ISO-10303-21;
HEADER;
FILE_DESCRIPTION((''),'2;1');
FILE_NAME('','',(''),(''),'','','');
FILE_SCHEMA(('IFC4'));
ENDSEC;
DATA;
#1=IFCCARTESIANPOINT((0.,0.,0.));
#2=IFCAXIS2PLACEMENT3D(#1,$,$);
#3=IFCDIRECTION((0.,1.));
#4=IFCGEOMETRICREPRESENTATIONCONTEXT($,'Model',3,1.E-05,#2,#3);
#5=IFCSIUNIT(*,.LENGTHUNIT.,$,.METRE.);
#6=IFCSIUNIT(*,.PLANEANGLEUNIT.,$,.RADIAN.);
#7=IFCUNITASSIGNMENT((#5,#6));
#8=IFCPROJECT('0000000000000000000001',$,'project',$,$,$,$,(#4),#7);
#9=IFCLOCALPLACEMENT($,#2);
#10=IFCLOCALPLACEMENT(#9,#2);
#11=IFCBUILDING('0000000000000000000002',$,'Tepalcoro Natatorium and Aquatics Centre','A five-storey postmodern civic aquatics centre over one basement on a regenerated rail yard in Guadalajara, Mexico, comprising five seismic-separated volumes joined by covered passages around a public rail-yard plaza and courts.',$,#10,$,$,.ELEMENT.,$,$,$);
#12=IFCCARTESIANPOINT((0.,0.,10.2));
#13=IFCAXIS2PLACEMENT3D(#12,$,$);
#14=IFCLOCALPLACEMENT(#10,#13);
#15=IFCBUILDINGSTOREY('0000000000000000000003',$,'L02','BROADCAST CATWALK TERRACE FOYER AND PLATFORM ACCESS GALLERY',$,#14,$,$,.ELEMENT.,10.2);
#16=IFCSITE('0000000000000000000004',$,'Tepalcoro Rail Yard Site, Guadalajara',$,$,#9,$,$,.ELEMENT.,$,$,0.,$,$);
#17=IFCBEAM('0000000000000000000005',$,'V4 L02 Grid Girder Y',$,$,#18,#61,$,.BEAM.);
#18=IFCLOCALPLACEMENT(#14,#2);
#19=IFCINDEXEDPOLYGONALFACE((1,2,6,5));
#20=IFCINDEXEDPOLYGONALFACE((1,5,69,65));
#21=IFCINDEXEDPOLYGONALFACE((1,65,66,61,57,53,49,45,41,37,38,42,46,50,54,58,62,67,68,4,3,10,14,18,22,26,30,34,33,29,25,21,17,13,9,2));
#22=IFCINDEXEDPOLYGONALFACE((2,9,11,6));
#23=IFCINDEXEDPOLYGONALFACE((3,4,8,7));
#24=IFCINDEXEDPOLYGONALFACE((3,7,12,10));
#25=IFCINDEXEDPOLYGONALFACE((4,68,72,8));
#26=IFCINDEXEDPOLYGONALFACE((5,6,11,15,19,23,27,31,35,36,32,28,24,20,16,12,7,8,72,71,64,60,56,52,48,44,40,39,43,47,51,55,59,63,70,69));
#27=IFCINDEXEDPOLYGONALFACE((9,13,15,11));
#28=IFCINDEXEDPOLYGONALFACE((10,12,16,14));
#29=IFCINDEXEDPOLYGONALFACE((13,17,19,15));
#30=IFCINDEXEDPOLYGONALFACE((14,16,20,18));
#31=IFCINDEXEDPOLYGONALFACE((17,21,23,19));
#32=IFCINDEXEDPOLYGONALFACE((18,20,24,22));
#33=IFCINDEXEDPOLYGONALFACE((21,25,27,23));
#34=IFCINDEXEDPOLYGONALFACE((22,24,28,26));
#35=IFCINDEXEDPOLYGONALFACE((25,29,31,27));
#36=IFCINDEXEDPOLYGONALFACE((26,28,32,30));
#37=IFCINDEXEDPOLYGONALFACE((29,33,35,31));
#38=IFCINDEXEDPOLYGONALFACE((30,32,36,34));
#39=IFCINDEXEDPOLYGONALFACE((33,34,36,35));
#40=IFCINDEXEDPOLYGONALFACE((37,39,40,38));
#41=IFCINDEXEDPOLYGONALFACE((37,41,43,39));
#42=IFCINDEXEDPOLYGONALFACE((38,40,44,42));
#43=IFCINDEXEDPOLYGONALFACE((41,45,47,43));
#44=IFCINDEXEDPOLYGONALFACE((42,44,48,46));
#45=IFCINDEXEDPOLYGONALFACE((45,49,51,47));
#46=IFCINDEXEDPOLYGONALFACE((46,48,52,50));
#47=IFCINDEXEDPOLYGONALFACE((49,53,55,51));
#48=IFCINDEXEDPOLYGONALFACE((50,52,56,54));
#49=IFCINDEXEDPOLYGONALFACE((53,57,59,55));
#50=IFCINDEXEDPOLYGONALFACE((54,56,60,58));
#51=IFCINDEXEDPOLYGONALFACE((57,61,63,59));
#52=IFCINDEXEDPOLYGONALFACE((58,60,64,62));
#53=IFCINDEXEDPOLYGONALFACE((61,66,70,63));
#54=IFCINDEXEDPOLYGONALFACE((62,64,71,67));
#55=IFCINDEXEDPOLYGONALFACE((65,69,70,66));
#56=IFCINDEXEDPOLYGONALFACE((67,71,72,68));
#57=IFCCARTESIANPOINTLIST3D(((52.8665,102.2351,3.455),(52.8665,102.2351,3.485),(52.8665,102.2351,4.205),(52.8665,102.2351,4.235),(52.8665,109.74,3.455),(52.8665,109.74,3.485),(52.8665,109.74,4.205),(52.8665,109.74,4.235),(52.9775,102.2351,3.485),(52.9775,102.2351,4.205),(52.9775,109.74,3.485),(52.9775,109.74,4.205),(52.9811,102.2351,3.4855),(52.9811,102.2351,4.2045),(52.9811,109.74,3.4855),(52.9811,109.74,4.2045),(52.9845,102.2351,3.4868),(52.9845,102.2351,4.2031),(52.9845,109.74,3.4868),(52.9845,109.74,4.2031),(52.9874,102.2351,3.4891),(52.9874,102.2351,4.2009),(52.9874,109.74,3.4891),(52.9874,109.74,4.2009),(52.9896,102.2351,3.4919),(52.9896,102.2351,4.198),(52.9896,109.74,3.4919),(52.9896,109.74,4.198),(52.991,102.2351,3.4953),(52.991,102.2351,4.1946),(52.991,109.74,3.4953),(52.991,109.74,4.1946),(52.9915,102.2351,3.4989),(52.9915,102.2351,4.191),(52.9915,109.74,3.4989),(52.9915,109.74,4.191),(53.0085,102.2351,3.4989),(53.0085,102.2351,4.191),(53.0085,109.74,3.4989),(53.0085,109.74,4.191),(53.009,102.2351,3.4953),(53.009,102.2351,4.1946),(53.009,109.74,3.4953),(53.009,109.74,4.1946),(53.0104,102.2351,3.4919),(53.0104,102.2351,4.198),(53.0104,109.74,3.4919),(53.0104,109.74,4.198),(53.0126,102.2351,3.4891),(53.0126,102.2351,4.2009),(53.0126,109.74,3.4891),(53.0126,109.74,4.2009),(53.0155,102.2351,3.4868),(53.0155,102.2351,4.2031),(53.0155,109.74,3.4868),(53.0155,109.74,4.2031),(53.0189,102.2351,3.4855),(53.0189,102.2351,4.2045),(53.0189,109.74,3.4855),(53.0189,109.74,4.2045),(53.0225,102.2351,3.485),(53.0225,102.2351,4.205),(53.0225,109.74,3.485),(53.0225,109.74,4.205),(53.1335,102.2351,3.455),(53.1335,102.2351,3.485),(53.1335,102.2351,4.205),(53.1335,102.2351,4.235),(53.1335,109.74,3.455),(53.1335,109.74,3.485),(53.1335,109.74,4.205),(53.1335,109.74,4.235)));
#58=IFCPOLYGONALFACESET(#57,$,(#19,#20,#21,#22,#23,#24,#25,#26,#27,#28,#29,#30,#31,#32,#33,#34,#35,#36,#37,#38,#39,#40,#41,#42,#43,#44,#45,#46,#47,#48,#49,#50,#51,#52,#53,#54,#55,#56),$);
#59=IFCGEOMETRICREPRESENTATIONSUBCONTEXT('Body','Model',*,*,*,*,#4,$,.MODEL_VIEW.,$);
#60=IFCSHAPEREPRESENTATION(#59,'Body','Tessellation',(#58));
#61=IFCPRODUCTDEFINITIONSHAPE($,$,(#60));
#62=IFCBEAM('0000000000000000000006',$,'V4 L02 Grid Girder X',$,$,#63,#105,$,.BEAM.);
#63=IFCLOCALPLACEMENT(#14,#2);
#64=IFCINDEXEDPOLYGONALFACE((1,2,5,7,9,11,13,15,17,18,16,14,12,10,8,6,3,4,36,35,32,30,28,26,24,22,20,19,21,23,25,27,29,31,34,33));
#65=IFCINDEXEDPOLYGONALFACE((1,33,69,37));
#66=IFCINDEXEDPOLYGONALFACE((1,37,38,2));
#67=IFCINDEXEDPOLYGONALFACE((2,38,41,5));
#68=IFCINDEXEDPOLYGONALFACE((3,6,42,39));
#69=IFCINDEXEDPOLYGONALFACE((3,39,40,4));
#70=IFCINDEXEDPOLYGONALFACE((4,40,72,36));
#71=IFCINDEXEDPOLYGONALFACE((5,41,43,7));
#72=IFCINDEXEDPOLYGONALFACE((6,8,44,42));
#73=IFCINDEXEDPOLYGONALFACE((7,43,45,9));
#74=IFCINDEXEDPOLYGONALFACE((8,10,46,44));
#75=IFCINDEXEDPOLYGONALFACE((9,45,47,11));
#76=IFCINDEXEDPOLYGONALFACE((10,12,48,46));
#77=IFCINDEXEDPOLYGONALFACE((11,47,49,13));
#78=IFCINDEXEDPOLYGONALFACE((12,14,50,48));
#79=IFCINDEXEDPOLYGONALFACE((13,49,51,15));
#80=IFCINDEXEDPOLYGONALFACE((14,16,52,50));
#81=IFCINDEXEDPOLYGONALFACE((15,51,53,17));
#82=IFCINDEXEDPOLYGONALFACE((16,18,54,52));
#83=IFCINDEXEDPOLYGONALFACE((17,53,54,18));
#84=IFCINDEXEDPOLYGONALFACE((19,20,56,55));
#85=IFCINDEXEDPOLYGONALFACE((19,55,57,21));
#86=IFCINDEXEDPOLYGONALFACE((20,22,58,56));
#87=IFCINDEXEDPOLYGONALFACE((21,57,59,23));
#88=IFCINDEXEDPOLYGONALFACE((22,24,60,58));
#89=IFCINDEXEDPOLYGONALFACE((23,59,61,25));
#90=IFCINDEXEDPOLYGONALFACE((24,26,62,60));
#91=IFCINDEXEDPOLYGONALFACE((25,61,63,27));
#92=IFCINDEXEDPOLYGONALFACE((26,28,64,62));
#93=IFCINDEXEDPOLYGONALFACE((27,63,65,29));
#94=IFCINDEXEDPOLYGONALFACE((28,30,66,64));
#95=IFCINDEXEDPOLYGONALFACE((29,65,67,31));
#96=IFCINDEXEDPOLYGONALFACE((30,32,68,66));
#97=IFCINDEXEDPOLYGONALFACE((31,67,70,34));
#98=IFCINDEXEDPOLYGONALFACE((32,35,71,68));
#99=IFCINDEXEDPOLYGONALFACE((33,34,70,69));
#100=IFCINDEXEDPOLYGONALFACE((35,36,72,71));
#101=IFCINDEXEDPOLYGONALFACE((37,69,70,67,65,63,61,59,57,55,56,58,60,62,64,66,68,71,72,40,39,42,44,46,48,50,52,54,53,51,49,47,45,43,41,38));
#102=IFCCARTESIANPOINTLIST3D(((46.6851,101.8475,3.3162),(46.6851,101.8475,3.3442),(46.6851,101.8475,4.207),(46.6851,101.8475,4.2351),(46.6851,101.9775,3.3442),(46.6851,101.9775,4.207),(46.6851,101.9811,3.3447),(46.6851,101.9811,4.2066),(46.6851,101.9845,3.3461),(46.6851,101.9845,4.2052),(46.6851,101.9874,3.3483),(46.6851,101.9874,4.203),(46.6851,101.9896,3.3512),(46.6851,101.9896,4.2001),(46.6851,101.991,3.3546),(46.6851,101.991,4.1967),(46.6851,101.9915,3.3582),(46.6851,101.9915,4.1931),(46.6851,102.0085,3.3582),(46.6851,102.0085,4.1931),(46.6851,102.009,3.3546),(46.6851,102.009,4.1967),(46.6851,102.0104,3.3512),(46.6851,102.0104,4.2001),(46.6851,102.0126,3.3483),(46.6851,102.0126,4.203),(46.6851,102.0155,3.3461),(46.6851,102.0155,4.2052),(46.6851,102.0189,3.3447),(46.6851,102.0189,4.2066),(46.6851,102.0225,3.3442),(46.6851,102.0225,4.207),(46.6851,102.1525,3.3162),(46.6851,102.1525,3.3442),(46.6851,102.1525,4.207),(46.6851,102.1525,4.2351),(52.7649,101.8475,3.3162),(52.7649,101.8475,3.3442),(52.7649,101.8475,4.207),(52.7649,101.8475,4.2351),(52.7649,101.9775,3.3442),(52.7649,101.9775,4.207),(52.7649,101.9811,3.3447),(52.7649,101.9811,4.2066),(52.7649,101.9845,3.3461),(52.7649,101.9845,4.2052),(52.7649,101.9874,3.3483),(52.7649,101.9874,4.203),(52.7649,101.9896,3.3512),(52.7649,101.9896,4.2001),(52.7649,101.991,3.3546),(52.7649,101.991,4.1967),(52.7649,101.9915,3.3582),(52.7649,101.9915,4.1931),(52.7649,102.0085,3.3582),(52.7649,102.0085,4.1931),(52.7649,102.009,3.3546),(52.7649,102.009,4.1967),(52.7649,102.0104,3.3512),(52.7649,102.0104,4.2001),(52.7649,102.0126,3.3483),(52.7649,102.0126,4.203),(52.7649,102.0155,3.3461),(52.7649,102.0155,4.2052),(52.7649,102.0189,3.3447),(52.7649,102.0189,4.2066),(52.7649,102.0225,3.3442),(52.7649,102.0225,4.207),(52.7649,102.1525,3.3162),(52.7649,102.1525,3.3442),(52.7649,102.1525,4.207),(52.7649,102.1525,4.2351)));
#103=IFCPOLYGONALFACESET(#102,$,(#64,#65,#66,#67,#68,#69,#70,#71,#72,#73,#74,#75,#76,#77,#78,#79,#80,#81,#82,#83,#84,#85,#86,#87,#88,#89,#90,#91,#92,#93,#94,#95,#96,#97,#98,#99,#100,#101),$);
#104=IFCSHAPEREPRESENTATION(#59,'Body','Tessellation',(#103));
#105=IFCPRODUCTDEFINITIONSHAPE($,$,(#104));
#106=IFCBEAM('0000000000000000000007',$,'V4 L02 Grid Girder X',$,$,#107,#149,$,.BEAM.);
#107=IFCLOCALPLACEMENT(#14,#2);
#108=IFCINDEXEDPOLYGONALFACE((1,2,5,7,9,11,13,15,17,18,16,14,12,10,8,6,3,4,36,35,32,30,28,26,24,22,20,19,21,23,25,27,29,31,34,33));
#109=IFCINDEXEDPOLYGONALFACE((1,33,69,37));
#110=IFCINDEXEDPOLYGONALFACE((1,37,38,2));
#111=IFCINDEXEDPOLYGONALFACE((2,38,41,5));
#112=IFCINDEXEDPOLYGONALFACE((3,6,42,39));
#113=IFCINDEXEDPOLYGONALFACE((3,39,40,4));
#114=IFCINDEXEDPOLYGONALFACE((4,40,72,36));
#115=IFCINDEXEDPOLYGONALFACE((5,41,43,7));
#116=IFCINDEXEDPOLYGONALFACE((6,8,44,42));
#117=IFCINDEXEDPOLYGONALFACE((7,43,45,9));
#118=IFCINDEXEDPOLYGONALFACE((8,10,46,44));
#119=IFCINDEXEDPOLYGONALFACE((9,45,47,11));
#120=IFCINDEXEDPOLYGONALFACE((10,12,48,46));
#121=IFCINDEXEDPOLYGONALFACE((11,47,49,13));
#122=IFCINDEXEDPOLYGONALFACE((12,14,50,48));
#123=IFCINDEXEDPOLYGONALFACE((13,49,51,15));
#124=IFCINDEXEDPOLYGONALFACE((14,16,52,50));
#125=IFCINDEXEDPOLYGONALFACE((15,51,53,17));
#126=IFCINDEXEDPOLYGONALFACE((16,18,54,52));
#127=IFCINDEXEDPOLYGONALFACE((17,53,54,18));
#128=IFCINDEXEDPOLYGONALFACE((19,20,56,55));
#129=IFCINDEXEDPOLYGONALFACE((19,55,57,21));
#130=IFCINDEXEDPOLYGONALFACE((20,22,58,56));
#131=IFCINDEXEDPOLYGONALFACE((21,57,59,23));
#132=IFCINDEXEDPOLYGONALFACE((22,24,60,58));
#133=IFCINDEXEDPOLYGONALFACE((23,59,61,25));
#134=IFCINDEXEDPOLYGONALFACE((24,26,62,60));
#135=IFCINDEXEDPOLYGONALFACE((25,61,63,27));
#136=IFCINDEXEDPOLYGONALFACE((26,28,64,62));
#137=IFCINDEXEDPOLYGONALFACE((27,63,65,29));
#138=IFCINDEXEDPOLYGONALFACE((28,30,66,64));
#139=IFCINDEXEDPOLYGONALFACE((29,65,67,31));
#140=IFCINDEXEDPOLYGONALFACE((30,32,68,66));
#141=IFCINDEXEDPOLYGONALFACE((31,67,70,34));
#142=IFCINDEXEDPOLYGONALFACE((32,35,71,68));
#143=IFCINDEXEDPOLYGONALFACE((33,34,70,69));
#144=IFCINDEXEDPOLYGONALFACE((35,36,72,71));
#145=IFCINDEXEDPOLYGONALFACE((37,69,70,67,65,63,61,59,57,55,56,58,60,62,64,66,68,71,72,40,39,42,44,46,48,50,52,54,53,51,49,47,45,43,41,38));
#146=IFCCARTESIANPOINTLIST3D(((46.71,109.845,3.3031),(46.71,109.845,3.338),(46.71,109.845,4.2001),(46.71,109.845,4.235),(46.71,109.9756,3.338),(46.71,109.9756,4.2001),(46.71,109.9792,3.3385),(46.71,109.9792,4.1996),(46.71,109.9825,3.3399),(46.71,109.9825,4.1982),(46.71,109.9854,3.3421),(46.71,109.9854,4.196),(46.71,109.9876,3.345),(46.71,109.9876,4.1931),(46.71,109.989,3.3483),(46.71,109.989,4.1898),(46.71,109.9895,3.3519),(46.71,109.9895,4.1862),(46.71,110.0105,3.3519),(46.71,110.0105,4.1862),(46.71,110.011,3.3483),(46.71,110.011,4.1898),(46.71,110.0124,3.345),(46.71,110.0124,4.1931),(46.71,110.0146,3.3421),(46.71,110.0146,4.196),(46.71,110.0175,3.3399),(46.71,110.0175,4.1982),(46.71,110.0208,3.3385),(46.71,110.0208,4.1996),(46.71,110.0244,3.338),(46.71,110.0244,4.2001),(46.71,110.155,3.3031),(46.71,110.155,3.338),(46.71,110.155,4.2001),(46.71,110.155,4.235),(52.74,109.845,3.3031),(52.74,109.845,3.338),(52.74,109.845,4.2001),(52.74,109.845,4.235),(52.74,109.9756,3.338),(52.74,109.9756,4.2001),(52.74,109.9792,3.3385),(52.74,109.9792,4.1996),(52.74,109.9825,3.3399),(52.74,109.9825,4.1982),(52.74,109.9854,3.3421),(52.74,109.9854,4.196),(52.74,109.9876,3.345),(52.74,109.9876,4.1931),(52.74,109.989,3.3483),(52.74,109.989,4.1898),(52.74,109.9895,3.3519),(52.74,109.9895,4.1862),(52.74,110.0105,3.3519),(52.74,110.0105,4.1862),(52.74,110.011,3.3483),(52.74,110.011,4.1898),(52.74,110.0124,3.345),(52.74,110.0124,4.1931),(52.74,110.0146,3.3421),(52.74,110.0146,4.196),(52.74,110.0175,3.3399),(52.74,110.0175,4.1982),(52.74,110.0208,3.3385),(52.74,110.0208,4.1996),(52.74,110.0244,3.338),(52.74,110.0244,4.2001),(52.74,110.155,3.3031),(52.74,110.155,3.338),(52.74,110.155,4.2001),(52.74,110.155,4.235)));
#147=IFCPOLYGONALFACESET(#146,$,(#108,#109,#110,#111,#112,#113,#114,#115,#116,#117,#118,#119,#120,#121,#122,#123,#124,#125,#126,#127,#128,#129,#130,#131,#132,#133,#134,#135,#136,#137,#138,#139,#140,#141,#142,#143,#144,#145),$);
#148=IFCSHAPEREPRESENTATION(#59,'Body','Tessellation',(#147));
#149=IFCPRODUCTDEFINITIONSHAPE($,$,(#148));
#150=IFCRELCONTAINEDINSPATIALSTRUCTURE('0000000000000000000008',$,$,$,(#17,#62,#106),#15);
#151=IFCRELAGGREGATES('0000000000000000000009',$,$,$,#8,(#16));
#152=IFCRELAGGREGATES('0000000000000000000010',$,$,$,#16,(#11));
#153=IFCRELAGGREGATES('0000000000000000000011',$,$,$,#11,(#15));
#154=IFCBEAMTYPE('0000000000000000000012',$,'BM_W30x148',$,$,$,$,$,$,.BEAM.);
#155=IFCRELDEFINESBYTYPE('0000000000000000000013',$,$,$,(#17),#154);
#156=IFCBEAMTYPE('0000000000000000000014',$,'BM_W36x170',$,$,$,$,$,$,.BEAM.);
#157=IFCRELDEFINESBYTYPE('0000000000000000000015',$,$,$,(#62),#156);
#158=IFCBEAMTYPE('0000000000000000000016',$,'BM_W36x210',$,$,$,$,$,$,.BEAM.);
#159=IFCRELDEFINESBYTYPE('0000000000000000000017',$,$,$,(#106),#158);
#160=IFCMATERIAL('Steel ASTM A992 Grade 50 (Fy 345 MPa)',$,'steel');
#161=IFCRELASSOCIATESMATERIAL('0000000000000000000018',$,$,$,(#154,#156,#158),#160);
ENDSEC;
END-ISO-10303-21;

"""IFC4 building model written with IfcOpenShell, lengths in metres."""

from ifc_helpers import new_model, si_unit, direction, frame, origin, origin_2d, place, context, subcontext, project, spatial, i_section, extrude, material, material_profile, profile_set, type_object, element, save


model = new_model("IFC4")

# Units and contexts
model_context = context("Model", 3, precision=1e-05, world=origin(), true_north=direction((0.0, 1.0)))
body_context = subcontext(model_context, "Body", "Model", "MODEL_VIEW")
ifc_project = project(units=[si_unit("LENGTHUNIT", "METRE"), si_unit("PLANEANGLEUNIT", "RADIAN")], contexts=[model_context])

# Site, building, storey
site_placement = place(None, origin())
site = spatial("IfcSite", under=ifc_project, at=site_placement, Name="Tepalcoro Rail Yard Site, Guadalajara", CompositionType="ELEMENT", RefElevation=0.0)
building_placement = place(site_placement, origin())
building = spatial("IfcBuilding", under=site, at=building_placement, Name="Tepalcoro Natatorium and Aquatics Centre", Description="A five-storey postmodern civic aquatics centre over one basement on a regenerated rail yard in Guadalajara, Mexico, comprising five seismic-separated volumes joined by covered passages around a public rail-yard plaza and courts.", CompositionType="ELEMENT")
storey_placement = place(building_placement, frame((0.0, 0.0, 10.2)))
storey = spatial("IfcBuildingStorey", under=building, at=storey_placement, Name="L02", Description="BROADCAST CATWALK TERRACE FOYER AND PLATFORM ACCESS GALLERY", CompositionType="ELEMENT", Elevation=10.2)

# Beams
ifc_material_1 = material(Name="Steel ASTM A992 Grade 50 (Fy 345 MPa)", Category="steel")
ifc_material_profile_1 = material_profile(ifc_material_1, i_section(OverallWidth=0.2671, OverallDepth=0.78, WebThickness=0.0171, FlangeThickness=0.03, FilletRadius=0.0139, at=origin_2d()), Name="W30X148")
ifc_profile_set_1 = profile_set([ifc_material_profile_1], Name="Steel ASTM A992 Grade 50 (Fy 345 MPa)")
beam_type_1 = type_object("IfcBeamType", Name="BM_W30x148", PredefinedType="BEAM", material=ifc_profile_set_1)
beam_1_placement = place(storey_placement, frame((53.0, 102.2351, 3.845), z_axis=(0.0, 1.0, 0.0), x_axis=(-1.0, 0.0, 0.0)))
element("IfcBeam", 1, at=beam_1_placement, inside=storey, type_object=beam_type_1, Name="V4 L02 Grid Girder Y", PredefinedType="BEAM", context=body_context, shape_type="SweptSolid", body=[
    extrude(i_section(OverallWidth=0.2671, OverallDepth=0.78, WebThickness=0.0171, FlangeThickness=0.03, FilletRadius=0.0139, at=origin_2d()), origin(), (0.0, 0.0, 1.0), 7.5049),
])
ifc_material_profile_2 = material_profile(ifc_material_1, i_section(OverallWidth=0.3049, OverallDepth=0.9189, WebThickness=0.0171, FlangeThickness=0.0281, FilletRadius=0.0139, at=origin_2d()), Name="W36X170")
ifc_profile_set_2 = profile_set([ifc_material_profile_2], Name="Steel ASTM A992 Grade 50 (Fy 345 MPa)")
beam_type_2 = type_object("IfcBeamType", Name="BM_W36x170", PredefinedType="BEAM", material=ifc_profile_set_2)
beam_2_placement = place(storey_placement, frame((46.6851, 102.0, 3.7756), z_axis=(1.0, 0.0, 0.0), x_axis=(0.0, 1.0, 0.0)))
element("IfcBeam", 2, at=beam_2_placement, inside=storey, type_object=beam_type_2, Name="V4 L02 Grid Girder X", PredefinedType="BEAM", context=body_context, shape_type="SweptSolid", body=[
    extrude(i_section(OverallWidth=0.3049, OverallDepth=0.9189, WebThickness=0.0171, FlangeThickness=0.0281, FilletRadius=0.0139, at=origin_2d()), origin(), (0.0, 0.0, 1.0), 6.0798),
])
ifc_material_profile_3 = material_profile(ifc_material_1, i_section(OverallWidth=0.3101, OverallDepth=0.9319, WebThickness=0.021, FlangeThickness=0.0349, FilletRadius=0.0139, at=origin_2d()), Name="W36X210")
ifc_profile_set_3 = profile_set([ifc_material_profile_3], Name="Steel ASTM A992 Grade 50 (Fy 345 MPa)")
beam_type_3 = type_object("IfcBeamType", Name="BM_W36x210", PredefinedType="BEAM", material=ifc_profile_set_3)
beam_3_placement = place(storey_placement, frame((46.71, 110.0, 3.769), z_axis=(1.0, 0.0, 0.0), x_axis=(0.0, 1.0, 0.0)))
element("IfcBeam", 3, at=beam_3_placement, inside=storey, type_object=beam_type_3, Name="V4 L02 Grid Girder X", PredefinedType="BEAM", context=body_context, shape_type="SweptSolid", body=[
    extrude(i_section(OverallWidth=0.3101, OverallDepth=0.9319, WebThickness=0.021, FlangeThickness=0.0349, FilletRadius=0.0139, at=origin_2d()), origin(), (0.0, 0.0, 1.0), 6.03),
])

save(model, "model.ifc")
